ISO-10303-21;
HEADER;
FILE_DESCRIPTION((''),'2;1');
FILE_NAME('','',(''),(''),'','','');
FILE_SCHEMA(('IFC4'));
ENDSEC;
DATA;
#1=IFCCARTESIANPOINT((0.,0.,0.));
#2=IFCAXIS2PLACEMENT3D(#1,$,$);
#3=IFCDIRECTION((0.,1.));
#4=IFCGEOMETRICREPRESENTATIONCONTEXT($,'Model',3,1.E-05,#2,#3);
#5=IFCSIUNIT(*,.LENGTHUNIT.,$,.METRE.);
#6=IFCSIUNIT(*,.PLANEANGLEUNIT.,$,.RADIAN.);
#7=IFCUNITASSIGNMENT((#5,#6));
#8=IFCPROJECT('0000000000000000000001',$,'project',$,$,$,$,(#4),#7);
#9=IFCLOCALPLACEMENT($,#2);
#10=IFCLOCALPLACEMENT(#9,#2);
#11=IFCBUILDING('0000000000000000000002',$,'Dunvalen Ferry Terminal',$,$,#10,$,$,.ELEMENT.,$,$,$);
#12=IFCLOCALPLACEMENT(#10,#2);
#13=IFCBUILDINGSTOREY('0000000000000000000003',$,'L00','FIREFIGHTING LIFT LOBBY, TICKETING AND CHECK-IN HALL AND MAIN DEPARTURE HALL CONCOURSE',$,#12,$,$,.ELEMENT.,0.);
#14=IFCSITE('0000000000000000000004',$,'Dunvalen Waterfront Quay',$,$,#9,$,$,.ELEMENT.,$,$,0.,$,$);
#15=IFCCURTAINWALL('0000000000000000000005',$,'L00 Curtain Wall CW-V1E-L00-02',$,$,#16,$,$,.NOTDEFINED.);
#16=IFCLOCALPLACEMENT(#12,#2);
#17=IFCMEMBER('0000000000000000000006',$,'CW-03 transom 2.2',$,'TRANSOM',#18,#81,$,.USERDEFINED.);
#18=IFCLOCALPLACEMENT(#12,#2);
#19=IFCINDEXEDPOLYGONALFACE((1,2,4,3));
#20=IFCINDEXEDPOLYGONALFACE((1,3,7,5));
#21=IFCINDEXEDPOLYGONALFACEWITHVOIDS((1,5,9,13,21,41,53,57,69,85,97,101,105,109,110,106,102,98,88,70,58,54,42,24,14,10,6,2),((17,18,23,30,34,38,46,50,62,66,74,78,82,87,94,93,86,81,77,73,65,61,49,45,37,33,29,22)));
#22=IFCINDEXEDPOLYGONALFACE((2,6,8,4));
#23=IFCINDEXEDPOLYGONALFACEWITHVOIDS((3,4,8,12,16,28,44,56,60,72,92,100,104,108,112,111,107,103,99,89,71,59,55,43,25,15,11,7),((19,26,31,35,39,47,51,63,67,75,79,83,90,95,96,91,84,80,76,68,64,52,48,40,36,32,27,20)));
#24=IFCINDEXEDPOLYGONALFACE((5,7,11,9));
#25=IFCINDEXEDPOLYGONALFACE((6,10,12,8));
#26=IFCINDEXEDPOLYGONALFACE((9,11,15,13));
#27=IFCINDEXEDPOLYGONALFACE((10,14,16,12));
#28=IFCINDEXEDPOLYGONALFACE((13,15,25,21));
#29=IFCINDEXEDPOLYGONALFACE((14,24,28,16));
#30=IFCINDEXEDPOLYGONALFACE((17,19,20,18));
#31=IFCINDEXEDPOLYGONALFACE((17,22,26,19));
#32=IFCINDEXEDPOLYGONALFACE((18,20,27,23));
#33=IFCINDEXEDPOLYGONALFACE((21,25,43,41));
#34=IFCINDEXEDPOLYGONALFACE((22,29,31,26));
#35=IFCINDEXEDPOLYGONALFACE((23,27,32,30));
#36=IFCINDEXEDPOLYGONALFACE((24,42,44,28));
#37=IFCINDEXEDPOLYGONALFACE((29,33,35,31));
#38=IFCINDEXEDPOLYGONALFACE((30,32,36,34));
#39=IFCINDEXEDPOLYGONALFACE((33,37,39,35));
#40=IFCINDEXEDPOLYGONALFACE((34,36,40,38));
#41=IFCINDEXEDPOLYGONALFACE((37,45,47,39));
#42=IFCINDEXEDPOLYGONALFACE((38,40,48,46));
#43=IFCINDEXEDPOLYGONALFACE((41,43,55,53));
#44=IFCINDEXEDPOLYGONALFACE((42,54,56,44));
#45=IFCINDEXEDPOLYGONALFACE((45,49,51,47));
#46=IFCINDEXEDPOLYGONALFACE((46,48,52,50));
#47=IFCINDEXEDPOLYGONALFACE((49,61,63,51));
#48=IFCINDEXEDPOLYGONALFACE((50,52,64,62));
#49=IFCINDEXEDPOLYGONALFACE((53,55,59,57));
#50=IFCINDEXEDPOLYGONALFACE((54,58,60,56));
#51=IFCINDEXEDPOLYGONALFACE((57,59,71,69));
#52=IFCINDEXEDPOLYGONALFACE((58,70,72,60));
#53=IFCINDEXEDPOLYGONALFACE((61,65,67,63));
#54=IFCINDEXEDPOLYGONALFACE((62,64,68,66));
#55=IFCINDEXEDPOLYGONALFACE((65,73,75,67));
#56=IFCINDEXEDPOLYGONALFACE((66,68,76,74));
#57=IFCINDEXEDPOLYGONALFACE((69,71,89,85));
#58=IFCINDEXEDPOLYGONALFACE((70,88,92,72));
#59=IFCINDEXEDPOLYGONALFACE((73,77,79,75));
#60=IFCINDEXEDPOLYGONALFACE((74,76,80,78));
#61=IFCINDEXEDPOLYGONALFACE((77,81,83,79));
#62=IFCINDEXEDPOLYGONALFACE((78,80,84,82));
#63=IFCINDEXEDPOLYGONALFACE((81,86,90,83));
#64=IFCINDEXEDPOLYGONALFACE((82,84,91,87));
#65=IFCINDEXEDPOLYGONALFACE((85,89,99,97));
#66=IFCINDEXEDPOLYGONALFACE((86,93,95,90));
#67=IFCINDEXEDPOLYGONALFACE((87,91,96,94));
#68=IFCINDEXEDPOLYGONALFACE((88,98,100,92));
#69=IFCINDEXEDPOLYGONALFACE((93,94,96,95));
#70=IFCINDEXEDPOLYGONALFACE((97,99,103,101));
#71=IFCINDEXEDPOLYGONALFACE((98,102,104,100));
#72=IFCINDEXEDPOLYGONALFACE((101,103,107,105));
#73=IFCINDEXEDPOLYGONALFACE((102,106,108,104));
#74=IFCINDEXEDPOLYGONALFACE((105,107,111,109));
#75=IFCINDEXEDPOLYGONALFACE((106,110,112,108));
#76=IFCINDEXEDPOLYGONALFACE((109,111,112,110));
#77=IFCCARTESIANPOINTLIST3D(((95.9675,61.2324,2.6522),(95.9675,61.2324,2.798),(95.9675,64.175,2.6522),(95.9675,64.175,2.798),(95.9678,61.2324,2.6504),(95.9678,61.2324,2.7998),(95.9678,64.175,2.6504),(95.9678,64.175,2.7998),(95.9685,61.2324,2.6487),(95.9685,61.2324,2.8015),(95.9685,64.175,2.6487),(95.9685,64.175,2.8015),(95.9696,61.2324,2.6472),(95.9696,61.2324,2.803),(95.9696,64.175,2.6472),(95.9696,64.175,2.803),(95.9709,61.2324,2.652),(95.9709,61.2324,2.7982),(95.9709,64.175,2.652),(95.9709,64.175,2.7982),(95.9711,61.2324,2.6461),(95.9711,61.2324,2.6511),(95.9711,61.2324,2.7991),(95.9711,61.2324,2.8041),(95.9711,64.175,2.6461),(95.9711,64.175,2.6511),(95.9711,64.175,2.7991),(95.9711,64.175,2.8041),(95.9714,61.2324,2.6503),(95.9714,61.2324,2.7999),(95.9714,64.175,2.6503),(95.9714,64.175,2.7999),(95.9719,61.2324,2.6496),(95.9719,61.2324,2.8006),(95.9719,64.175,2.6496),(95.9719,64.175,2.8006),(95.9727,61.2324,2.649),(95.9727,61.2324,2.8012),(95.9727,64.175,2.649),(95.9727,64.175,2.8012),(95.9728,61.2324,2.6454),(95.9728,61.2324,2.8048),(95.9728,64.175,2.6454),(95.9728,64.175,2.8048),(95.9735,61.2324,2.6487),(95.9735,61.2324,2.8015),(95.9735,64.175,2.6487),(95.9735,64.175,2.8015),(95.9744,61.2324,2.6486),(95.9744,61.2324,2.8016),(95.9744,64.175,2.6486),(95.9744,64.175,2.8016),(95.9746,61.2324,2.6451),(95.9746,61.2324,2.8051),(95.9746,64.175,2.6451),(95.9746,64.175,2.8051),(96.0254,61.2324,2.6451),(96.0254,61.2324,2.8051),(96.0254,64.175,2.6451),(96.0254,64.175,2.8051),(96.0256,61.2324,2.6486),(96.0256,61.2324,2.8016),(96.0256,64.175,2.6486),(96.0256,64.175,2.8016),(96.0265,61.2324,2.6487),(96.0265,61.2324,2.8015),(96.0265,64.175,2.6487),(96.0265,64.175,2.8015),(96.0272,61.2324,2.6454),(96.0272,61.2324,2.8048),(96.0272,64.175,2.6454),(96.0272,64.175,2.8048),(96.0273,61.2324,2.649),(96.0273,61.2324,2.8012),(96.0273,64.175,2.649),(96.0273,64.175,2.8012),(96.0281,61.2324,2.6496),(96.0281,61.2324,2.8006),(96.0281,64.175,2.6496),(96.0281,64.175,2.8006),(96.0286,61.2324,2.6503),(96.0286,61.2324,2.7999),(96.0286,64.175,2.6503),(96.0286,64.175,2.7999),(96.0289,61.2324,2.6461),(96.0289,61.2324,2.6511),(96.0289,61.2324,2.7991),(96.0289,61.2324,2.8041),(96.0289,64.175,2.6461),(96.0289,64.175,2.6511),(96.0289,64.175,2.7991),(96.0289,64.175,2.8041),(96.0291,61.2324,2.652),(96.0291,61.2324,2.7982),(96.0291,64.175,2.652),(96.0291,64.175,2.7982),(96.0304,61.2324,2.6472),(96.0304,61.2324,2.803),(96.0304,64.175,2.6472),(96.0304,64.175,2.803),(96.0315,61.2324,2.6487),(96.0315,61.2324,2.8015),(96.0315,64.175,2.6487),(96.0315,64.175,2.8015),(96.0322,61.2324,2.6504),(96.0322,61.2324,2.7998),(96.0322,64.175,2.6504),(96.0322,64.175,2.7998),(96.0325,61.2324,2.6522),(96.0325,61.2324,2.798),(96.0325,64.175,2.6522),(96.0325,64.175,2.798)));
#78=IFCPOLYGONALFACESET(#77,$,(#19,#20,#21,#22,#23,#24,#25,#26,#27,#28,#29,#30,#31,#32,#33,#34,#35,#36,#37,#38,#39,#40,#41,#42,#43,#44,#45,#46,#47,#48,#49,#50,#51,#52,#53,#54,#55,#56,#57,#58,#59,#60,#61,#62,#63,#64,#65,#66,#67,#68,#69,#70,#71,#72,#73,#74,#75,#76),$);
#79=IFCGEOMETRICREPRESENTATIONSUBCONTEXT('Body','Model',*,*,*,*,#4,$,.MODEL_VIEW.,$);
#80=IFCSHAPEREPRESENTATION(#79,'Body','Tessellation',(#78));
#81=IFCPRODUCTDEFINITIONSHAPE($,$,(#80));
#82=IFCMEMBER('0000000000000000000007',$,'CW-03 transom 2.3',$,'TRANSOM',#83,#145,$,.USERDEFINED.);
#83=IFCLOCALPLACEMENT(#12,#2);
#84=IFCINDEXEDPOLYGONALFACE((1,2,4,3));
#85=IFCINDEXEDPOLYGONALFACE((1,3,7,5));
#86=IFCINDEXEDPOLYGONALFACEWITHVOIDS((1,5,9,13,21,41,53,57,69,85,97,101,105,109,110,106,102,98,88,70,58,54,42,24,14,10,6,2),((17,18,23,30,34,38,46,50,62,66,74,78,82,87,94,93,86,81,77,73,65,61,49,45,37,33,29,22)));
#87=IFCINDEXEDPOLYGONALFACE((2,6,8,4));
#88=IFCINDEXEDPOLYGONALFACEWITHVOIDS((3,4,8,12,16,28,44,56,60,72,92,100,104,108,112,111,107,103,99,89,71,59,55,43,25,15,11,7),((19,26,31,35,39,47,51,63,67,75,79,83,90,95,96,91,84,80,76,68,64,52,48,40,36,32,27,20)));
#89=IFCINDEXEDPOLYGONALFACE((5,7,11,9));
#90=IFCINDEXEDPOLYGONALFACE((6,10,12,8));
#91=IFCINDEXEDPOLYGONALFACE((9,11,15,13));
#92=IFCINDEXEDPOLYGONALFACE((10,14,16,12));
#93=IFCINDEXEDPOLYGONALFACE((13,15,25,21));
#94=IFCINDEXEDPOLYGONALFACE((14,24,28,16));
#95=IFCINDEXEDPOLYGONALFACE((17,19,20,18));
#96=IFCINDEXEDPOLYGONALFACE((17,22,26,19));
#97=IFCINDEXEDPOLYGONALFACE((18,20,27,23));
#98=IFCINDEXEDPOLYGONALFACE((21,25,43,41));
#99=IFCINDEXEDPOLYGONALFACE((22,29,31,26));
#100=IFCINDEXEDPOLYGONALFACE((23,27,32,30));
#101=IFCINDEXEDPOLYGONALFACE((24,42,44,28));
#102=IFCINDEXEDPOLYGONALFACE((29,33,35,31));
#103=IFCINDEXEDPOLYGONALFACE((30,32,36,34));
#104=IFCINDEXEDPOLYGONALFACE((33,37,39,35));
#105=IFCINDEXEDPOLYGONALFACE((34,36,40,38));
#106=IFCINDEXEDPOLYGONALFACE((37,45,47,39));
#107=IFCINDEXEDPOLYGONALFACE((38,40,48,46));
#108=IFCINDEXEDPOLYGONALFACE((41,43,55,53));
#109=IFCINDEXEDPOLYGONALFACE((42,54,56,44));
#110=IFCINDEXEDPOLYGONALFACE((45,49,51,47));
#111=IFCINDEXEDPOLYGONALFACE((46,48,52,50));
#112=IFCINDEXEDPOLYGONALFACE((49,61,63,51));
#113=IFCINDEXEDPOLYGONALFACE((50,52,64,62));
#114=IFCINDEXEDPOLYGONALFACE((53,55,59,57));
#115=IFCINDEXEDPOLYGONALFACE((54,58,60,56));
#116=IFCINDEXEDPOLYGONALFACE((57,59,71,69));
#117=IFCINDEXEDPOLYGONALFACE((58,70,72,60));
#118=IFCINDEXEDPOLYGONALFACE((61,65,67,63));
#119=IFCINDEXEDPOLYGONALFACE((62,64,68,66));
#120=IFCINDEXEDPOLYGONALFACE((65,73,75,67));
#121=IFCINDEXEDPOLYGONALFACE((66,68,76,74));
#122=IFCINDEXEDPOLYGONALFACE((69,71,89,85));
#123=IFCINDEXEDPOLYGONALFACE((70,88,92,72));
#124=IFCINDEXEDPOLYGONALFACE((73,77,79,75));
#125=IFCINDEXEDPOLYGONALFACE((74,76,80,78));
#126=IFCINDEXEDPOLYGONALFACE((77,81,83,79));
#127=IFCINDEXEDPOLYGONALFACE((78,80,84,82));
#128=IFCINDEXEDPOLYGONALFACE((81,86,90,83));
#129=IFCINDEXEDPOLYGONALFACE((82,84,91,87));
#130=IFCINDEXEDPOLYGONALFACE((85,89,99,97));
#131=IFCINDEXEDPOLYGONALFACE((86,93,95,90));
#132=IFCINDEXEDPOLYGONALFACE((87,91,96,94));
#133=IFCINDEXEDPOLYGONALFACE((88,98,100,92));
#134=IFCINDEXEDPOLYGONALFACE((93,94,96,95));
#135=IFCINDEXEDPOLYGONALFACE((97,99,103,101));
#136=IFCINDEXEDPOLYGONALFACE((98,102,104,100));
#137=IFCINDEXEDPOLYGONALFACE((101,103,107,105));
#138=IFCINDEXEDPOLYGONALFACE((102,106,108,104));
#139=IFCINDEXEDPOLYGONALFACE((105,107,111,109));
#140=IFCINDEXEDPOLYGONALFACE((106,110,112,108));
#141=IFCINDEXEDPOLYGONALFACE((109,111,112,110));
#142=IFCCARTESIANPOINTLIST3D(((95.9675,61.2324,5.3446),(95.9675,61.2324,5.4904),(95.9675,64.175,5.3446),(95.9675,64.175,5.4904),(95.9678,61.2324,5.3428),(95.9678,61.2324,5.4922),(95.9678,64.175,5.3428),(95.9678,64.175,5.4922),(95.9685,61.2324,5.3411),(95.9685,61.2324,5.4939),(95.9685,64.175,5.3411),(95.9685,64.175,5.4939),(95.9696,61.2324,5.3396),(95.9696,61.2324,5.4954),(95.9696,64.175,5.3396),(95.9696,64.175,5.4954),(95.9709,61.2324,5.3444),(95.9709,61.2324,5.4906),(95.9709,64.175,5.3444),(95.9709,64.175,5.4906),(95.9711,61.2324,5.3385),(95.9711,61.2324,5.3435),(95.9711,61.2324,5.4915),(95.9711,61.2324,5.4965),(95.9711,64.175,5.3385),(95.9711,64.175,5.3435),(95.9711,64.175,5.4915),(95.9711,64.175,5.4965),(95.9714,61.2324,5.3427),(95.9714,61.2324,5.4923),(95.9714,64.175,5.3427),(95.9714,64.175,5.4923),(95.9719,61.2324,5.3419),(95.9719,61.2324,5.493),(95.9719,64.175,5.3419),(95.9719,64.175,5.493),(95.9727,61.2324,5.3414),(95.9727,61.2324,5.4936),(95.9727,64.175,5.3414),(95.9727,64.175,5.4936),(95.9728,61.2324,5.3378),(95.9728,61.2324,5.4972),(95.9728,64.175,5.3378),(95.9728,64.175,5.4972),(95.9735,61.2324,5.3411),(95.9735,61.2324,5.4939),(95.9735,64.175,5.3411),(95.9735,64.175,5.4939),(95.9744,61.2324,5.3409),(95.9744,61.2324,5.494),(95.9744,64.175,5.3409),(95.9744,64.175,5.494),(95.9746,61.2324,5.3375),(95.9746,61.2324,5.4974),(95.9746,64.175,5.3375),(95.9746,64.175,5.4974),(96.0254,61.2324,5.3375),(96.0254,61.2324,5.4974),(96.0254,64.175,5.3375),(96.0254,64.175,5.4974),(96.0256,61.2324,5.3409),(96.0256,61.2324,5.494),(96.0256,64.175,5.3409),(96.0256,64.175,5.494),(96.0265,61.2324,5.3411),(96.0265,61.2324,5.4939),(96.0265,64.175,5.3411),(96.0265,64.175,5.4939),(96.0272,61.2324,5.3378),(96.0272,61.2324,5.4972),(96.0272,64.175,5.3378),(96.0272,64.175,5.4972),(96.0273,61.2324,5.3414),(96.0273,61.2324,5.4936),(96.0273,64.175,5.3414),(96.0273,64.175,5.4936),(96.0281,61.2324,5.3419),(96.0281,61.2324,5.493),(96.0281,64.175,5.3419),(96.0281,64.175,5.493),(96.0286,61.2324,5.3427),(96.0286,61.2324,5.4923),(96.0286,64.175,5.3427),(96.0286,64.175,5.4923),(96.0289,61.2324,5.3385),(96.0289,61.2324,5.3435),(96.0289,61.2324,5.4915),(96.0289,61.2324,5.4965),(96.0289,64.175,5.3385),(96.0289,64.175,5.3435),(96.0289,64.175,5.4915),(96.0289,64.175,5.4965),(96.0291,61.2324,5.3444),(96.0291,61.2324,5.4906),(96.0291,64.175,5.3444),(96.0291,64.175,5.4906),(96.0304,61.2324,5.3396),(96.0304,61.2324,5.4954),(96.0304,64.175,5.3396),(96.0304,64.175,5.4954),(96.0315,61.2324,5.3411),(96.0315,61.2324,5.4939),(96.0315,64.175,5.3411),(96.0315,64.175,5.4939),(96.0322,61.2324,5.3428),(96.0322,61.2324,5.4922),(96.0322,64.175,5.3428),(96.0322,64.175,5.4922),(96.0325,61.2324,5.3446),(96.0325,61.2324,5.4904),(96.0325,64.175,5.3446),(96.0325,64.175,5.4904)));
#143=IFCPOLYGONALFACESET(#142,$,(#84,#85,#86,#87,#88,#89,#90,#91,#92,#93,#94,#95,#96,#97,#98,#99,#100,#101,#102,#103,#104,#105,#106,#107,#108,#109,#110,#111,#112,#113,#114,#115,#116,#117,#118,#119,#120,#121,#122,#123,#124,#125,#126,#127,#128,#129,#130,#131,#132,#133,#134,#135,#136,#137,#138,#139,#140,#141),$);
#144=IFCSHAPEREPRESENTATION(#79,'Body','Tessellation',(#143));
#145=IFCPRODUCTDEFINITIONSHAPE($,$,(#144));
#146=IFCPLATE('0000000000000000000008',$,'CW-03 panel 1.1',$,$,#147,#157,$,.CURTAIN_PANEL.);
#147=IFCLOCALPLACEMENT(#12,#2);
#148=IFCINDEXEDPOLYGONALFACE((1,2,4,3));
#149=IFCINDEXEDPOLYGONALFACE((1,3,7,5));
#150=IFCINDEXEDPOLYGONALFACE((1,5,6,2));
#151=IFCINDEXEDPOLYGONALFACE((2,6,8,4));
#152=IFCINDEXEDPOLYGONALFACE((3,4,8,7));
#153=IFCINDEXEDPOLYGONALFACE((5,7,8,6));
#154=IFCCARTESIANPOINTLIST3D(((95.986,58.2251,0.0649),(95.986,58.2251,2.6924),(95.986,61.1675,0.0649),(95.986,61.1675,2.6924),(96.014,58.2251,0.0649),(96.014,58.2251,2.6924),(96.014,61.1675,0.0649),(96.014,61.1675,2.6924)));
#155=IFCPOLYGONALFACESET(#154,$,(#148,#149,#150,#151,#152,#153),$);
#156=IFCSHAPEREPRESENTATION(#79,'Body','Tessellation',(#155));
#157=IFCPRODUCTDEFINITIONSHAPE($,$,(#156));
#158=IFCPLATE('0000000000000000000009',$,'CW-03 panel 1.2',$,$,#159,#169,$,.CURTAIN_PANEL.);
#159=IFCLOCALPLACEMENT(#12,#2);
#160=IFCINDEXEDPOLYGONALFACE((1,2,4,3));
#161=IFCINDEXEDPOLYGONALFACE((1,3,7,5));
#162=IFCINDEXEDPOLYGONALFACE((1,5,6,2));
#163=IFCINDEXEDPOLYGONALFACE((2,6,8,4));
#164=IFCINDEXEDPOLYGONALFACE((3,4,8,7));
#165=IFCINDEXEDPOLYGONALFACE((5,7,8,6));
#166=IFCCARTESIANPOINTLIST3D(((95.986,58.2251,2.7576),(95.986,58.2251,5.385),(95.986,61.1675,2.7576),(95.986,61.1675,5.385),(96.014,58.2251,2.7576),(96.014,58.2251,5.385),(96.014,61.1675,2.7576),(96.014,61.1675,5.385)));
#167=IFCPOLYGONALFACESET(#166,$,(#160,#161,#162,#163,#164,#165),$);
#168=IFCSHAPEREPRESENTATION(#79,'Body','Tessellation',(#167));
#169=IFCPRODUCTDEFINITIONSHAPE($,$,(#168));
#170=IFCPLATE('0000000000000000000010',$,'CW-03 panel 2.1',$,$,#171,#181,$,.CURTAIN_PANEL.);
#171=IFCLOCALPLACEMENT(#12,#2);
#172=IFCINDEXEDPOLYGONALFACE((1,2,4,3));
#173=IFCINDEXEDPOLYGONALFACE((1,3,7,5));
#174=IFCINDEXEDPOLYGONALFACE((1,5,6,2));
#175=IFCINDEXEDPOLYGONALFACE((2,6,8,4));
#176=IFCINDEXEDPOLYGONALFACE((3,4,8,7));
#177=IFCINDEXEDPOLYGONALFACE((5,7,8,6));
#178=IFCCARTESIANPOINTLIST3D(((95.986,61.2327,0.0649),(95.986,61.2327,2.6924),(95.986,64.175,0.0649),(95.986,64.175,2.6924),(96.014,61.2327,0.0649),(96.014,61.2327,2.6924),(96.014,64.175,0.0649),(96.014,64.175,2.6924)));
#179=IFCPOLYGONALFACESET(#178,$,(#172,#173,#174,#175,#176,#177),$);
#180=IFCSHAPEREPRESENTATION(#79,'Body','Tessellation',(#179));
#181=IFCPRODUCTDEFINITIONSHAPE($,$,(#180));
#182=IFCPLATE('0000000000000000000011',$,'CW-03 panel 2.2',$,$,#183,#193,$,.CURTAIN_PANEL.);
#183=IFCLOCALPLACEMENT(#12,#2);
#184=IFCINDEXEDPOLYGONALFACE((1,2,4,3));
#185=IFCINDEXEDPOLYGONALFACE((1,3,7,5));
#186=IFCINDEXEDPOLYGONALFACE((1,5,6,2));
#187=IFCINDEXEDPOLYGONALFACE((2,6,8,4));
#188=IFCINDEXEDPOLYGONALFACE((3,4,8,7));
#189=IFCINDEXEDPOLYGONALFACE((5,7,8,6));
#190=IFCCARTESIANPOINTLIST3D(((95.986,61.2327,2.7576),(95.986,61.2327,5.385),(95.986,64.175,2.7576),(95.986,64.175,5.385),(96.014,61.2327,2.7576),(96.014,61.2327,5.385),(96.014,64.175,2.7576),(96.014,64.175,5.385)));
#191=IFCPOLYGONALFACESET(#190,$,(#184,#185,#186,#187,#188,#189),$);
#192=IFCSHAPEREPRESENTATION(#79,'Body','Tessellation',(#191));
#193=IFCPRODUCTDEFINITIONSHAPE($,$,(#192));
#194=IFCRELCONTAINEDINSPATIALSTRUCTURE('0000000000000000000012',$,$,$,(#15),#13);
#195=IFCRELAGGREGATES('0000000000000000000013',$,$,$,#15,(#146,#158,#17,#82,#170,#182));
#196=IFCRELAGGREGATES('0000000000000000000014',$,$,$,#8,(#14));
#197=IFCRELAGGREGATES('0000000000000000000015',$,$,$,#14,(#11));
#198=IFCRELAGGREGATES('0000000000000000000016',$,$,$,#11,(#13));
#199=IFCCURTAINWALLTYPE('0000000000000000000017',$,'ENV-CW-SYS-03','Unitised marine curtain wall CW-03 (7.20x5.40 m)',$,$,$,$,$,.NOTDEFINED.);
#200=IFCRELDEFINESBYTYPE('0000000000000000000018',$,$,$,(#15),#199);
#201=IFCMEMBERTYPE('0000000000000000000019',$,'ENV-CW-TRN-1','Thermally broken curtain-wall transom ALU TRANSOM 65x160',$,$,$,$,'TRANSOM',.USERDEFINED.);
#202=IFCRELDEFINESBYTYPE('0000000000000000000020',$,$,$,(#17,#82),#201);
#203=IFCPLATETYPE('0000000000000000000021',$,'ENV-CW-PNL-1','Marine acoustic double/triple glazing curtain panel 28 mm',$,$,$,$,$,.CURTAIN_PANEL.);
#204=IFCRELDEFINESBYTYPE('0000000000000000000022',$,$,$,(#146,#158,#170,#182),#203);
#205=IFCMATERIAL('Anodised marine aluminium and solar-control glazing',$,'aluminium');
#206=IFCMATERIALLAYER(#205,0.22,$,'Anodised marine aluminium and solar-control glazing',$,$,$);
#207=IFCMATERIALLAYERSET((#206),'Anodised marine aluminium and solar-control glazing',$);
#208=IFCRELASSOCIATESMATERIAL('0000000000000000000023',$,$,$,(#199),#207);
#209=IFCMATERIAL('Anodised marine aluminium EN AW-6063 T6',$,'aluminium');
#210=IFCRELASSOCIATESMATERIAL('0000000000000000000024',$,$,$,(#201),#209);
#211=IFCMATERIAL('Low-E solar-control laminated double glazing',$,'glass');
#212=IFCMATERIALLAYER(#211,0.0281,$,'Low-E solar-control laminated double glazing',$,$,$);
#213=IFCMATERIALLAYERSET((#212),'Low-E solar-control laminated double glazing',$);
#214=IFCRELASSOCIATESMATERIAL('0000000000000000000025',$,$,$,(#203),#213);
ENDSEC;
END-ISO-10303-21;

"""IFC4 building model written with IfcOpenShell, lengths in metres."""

from ifc_helpers import new_model, si_unit, direction, frame, origin, origin_2d, place, context, subcontext, project, spatial, rectangle, hollow_rectangle, extrude, material, layer, layer_set, material_profile, profile_set, type_object, element, aggregate, save


model = new_model("IFC4")

# Units and contexts
model_context = context("Model", 3, precision=1e-05, world=origin(), true_north=direction((0.0, 1.0)))
body_context = subcontext(model_context, "Body", "Model", "MODEL_VIEW")
ifc_project = project(units=[si_unit("LENGTHUNIT", "METRE"), si_unit("PLANEANGLEUNIT", "RADIAN")], contexts=[model_context])

# Site, building, storey
site_placement = place(None, origin())
site = spatial("IfcSite", under=ifc_project, at=site_placement, Name="Dunvalen Waterfront Quay", CompositionType="ELEMENT", RefElevation=0.0)
building_placement = place(site_placement, origin())
building = spatial("IfcBuilding", under=site, at=building_placement, Name="Dunvalen Ferry Terminal", CompositionType="ELEMENT")
storey_placement = place(building_placement, origin())
storey = spatial("IfcBuildingStorey", under=building, at=storey_placement, Name="L00", Description="FIREFIGHTING LIFT LOBBY, TICKETING AND CHECK-IN HALL AND MAIN DEPARTURE HALL CONCOURSE", CompositionType="ELEMENT", Elevation=0.0)

# Shared definitions
ifc_material_1 = material(Name="Anodised marine aluminium and solar-control glazing", Category="aluminium")
ifc_layer_1 = layer(ifc_material_1, 0.22, Name="Anodised marine aluminium and solar-control glazing")
ifc_layer_set_1 = layer_set([ifc_layer_1], Name="Anodised marine aluminium and solar-control glazing")
curtain_wall_type = type_object("IfcCurtainWallType", Name="ENV-CW-SYS-03", Description="Unitised marine curtain wall CW-03 (7.20x5.40 m)", PredefinedType="NOTDEFINED", material=ifc_layer_set_1)
ifc_material_2 = material(Name="Anodised marine aluminium EN AW-6063 T6", Category="aluminium")

# Curtain wall, members, plates
curtain_wall_1_placement = place(storey_placement, origin())
curtain_wall_1 = element("IfcCurtainWall", 1, at=curtain_wall_1_placement, inside=storey, type_object=curtain_wall_type, Name="L00 Curtain Wall CW-V1E-L00-02", PredefinedType="NOTDEFINED")
ifc_material_profile_1 = material_profile(ifc_material_2, hollow_rectangle(XDim=0.0649, YDim=0.1599, WallThickness=0.0034, InnerFilletRadius=0.0034, OuterFilletRadius=0.0071, at=origin_2d()), Name="Anodised marine aluminium EN AW-6063 T6")
ifc_profile_set_1 = profile_set([ifc_material_profile_1], Name="Anodised marine aluminium EN AW-6063 T6")
member_type_1 = type_object("IfcMemberType", Name="ENV-CW-TRN-1", Description="Thermally broken curtain-wall transom ALU TRANSOM 65x160", ElementType="TRANSOM", PredefinedType="USERDEFINED", material=ifc_profile_set_1)
member_1_placement = place(storey_placement, frame((96.0, 61.2324, 2.7251), z_axis=(0.0, 1.0, 0.0), x_axis=(-1.0, 0.0, 0.0)))
member_1 = element("IfcMember", 2, at=member_1_placement, type_object=member_type_1, Name="CW-03 transom 2.2", ObjectType="TRANSOM", PredefinedType="USERDEFINED", context=body_context, shape_type="SweptSolid", body=[
    extrude(hollow_rectangle(XDim=0.0649, YDim=0.1599, WallThickness=0.0034, InnerFilletRadius=0.0034, OuterFilletRadius=0.0071, at=origin_2d()), origin(), (0.0, 0.0, 1.0), 2.9426),
])
member_2_placement = place(storey_placement, frame((96.0, 61.2324, 5.4175), z_axis=(0.0, 1.0, 0.0), x_axis=(-1.0, 0.0, 0.0)))
member_2 = element("IfcMember", 3, at=member_2_placement, type_object=member_type_1, Name="CW-03 transom 2.3", ObjectType="TRANSOM", PredefinedType="USERDEFINED", context=body_context, shape_type="SweptSolid", body=[
    extrude(hollow_rectangle(XDim=0.0649, YDim=0.1599, WallThickness=0.0034, InnerFilletRadius=0.0034, OuterFilletRadius=0.0071, at=origin_2d()), origin(), (0.0, 0.0, 1.0), 2.9426),
])
ifc_material_3 = material(Name="Low-E solar-control laminated double glazing", Category="glass")
ifc_layer_2 = layer(ifc_material_3, 0.0281, Name="Low-E solar-control laminated double glazing")
ifc_layer_set_2 = layer_set([ifc_layer_2], Name="Low-E solar-control laminated double glazing")
plate_type = type_object("IfcPlateType", Name="ENV-CW-PNL-1", Description="Marine acoustic double/triple glazing curtain panel 28 mm", PredefinedType="CURTAIN_PANEL", material=ifc_layer_set_2)
plate_1_placement = place(storey_placement, frame((96.0, 59.6963, 0.0649), z_axis=(0.0, 0.0, 1.0), x_axis=(0.0, 1.0, 0.0)))
plate_1 = element("IfcPlate", 4, at=plate_1_placement, type_object=plate_type, Name="CW-03 panel 1.1", PredefinedType="CURTAIN_PANEL", context=body_context, shape_type="SweptSolid", body=[
    extrude(rectangle(XDim=2.9424, YDim=0.0281, at=origin_2d()), origin(), (0.0, 0.0, 1.0), 2.6274),
])
plate_2_placement = place(storey_placement, frame((96.0, 59.6963, 2.7576), z_axis=(0.0, 0.0, 1.0), x_axis=(0.0, 1.0, 0.0)))
plate_2 = element("IfcPlate", 5, at=plate_2_placement, type_object=plate_type, Name="CW-03 panel 1.2", PredefinedType="CURTAIN_PANEL", context=body_context, shape_type="SweptSolid", body=[
    extrude(rectangle(XDim=2.9424, YDim=0.0281, at=origin_2d()), origin(), (0.0, 0.0, 1.0), 2.6274),
])
plate_3_placement = place(storey_placement, frame((96.0, 62.7039, 0.0649), z_axis=(0.0, 0.0, 1.0), x_axis=(0.0, 1.0, 0.0)))
plate_3 = element("IfcPlate", 6, at=plate_3_placement, type_object=plate_type, Name="CW-03 panel 2.1", PredefinedType="CURTAIN_PANEL", context=body_context, shape_type="SweptSolid", body=[
    extrude(rectangle(XDim=2.9424, YDim=0.0281, at=origin_2d()), origin(), (0.0, 0.0, 1.0), 2.6274),
])
plate_4_placement = place(storey_placement, frame((96.0, 62.7039, 2.7576), z_axis=(0.0, 0.0, 1.0), x_axis=(0.0, 1.0, 0.0)))
plate_4 = element("IfcPlate", 7, at=plate_4_placement, type_object=plate_type, Name="CW-03 panel 2.2", PredefinedType="CURTAIN_PANEL", context=body_context, shape_type="SweptSolid", body=[
    extrude(rectangle(XDim=2.9424, YDim=0.0281, at=origin_2d()), origin(), (0.0, 0.0, 1.0), 2.6274),
])
aggregate(curtain_wall_1, [plate_1, plate_2, member_1, member_2, plate_3, plate_4])

save(model, "model.ifc")
